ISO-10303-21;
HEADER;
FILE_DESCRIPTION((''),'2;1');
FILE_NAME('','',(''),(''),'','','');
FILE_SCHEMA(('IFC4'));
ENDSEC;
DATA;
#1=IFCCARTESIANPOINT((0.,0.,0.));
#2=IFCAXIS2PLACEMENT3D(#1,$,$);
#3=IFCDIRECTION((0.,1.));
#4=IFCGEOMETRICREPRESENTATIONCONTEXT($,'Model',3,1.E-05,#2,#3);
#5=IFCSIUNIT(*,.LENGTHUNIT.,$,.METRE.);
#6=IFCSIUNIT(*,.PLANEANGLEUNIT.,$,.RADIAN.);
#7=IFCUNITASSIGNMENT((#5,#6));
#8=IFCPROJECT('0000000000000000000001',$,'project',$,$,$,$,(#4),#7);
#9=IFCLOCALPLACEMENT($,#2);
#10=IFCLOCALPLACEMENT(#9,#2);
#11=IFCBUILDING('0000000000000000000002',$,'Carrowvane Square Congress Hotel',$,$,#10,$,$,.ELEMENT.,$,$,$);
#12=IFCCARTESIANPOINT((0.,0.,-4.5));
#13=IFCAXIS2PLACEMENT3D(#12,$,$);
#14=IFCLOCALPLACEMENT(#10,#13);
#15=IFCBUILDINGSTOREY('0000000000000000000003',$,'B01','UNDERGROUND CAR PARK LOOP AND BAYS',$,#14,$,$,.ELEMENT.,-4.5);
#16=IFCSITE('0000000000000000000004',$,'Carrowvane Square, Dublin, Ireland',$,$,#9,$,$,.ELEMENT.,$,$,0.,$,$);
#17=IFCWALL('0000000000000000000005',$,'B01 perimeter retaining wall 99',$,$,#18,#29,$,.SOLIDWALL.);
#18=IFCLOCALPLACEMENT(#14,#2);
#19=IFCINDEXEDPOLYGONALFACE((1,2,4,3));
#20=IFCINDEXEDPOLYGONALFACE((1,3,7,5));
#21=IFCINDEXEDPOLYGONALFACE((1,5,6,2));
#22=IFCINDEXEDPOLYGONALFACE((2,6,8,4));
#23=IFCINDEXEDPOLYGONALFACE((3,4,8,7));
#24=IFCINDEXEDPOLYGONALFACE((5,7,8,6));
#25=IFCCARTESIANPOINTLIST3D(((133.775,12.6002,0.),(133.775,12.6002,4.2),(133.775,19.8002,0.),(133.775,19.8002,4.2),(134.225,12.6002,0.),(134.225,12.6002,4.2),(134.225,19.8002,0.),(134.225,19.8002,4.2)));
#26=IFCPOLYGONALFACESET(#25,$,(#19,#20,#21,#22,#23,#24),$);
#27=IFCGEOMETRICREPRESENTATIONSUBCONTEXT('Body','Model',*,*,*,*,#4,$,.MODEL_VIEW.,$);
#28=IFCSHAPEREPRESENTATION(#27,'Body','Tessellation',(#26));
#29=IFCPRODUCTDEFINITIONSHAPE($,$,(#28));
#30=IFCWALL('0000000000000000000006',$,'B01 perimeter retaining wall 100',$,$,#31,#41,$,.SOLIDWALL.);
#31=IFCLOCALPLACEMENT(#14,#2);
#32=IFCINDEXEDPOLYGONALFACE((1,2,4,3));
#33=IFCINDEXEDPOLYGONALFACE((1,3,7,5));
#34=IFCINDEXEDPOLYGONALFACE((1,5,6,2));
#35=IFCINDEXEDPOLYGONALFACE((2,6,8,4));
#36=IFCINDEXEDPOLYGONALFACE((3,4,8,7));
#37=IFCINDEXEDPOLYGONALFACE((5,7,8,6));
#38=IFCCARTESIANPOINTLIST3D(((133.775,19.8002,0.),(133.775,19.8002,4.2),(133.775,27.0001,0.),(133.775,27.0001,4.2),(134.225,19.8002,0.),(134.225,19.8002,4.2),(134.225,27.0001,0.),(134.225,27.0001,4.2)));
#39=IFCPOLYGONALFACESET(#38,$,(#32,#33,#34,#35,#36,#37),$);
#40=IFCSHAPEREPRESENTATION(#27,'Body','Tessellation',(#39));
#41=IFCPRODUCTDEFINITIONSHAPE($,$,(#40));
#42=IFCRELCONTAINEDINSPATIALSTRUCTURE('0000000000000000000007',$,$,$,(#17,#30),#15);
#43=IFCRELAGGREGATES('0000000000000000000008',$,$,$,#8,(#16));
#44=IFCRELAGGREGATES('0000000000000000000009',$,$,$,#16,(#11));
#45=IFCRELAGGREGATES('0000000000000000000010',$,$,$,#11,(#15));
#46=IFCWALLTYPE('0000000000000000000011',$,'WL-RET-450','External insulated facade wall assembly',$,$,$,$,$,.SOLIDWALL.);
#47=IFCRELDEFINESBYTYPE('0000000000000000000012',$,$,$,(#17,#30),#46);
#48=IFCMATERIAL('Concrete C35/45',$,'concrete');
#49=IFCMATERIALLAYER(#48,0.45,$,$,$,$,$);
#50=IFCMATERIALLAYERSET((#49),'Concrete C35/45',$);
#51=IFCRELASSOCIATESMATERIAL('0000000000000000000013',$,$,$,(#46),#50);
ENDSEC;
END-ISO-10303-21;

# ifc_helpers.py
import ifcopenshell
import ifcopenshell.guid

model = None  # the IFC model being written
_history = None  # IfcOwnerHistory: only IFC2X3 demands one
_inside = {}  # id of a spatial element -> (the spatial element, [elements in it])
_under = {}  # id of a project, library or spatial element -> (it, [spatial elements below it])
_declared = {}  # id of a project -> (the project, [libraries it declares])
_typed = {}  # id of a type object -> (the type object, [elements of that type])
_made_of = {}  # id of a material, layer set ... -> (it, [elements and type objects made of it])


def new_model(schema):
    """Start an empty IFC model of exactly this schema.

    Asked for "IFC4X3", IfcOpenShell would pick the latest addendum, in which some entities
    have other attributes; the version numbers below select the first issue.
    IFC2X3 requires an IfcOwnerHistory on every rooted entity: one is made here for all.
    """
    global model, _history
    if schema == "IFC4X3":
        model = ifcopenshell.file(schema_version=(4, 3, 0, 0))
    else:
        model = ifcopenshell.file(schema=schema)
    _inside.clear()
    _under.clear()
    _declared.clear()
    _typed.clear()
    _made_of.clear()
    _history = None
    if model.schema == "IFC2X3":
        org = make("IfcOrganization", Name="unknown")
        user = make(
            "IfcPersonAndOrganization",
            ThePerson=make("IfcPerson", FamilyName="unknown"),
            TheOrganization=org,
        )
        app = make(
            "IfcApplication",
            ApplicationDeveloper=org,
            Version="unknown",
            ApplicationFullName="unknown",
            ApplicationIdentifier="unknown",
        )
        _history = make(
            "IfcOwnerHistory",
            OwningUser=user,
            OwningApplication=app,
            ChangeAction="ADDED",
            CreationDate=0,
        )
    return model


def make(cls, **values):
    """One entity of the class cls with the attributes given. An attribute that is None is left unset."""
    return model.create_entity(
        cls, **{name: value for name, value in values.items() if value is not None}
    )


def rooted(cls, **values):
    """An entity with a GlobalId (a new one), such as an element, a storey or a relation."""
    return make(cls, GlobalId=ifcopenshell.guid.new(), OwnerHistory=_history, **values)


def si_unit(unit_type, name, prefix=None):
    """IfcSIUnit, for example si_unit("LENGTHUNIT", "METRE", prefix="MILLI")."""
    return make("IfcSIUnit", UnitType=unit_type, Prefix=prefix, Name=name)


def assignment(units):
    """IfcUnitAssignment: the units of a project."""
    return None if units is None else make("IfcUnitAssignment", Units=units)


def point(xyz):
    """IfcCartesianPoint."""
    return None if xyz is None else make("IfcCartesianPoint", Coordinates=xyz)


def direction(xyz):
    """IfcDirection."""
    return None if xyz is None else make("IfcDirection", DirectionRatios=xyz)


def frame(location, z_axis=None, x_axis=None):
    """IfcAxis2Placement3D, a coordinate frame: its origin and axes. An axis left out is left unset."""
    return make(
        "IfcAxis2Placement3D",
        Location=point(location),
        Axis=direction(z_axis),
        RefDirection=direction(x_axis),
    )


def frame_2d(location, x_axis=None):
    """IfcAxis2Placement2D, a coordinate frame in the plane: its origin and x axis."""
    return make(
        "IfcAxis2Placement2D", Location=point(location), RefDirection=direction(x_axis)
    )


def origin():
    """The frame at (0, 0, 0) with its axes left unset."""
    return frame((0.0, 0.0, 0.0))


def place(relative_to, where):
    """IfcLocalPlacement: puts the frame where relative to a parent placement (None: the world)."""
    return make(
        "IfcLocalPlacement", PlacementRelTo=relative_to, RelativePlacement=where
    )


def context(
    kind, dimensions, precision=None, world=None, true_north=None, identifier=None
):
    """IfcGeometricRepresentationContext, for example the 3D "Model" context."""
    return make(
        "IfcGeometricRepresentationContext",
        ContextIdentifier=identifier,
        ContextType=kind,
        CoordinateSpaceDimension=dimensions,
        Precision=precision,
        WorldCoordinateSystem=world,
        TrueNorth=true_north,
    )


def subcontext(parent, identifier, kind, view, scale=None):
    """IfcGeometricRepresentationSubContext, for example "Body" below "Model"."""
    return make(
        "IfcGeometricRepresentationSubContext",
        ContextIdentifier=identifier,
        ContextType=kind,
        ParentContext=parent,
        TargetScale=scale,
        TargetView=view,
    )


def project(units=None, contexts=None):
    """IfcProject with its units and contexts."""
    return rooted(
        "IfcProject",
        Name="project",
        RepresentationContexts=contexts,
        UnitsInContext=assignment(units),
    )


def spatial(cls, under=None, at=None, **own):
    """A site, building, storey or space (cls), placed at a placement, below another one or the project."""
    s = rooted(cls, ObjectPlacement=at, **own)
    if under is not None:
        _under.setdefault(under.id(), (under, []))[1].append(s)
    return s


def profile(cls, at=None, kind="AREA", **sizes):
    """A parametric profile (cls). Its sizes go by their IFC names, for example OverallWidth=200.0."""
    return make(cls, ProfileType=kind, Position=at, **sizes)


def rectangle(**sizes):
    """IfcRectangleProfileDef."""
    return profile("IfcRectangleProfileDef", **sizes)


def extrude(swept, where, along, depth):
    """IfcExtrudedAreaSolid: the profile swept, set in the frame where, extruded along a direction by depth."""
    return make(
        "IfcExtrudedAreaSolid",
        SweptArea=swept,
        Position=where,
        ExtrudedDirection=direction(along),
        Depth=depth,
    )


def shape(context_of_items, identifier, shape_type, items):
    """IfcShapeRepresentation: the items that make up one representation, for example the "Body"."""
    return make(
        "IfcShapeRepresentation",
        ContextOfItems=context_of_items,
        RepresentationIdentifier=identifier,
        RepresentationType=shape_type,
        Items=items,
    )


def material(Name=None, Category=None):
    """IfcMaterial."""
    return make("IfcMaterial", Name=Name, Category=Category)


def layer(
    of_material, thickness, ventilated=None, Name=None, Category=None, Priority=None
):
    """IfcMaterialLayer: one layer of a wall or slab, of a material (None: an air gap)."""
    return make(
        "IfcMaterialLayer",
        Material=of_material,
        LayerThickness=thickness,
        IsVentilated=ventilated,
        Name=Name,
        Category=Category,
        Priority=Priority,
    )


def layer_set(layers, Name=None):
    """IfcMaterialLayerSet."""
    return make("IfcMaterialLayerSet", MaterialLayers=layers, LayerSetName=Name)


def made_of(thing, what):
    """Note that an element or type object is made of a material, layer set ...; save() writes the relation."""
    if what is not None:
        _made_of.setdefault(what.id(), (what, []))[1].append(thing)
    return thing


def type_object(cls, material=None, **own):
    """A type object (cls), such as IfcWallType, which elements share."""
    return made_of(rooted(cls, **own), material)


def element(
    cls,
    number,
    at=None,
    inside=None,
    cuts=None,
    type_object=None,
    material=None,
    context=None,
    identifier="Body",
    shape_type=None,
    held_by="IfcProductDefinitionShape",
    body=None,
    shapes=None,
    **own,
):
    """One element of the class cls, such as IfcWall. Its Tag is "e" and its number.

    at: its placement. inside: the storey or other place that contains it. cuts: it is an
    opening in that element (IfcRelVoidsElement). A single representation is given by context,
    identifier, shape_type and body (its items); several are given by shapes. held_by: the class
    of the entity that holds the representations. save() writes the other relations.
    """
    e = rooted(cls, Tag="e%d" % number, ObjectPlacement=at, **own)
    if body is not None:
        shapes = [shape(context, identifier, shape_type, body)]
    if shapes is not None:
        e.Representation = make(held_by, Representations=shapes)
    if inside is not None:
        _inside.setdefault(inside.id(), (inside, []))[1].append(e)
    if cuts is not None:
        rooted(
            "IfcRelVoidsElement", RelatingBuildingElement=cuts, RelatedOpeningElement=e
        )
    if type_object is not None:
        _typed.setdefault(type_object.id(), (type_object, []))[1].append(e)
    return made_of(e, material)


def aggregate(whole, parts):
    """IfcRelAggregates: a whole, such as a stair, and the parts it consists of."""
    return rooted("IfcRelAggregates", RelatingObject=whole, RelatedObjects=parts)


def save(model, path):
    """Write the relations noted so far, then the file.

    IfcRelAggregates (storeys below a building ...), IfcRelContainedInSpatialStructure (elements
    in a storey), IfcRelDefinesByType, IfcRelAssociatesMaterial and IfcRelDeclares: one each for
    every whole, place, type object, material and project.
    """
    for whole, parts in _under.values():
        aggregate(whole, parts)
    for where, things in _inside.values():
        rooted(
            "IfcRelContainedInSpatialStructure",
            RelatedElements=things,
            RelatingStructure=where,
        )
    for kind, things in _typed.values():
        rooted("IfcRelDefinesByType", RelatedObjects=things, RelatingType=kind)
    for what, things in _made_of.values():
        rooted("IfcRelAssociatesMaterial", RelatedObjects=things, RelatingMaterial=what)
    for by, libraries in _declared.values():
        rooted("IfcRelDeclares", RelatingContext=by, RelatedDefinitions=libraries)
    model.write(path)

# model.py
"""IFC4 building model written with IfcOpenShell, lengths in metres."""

from ifc_helpers import new_model, si_unit, direction, frame, frame_2d, origin, place, context, subcontext, project, spatial, rectangle, extrude, material, layer, layer_set, type_object, element, save


model = new_model("IFC4")

# Units and contexts
model_context = context("Model", 3, precision=1e-05, world=origin(), true_north=direction((0.0, 1.0)))
body_context = subcontext(model_context, "Body", "Model", "MODEL_VIEW")
ifc_project = project(units=[si_unit("LENGTHUNIT", "METRE"), si_unit("PLANEANGLEUNIT", "RADIAN")], contexts=[model_context])

# Site, building, storey
site_placement = place(None, origin())
site = spatial("IfcSite", under=ifc_project, at=site_placement, Name="Carrowvane Square, Dublin, Ireland", CompositionType="ELEMENT", RefElevation=0.0)
building_placement = place(site_placement, origin())
building = spatial("IfcBuilding", under=site, at=building_placement, Name="Carrowvane Square Congress Hotel", CompositionType="ELEMENT")
storey_placement = place(building_placement, frame((0.0, 0.0, -4.5)))
storey = spatial("IfcBuildingStorey", under=building, at=storey_placement, Name="B01", Description="UNDERGROUND CAR PARK LOOP AND BAYS", CompositionType="ELEMENT", Elevation=-4.5)

# Walls
ifc_material_1 = material(Name="Concrete C35/45", Category="concrete")
ifc_layer = layer(ifc_material_1, 0.45)
ifc_layer_set = layer_set([ifc_layer], Name="Concrete C35/45")
wall_type = type_object("IfcWallType", Name="WL-RET-450", Description="External insulated facade wall assembly", PredefinedType="SOLIDWALL", material=ifc_layer_set)
for number, where, z_axis, x_axis, name in (
    (1, (134.0, 12.6001, 0.0), (0.0, 0.0, 1.0), (0.0, 1.0, 0.0), "B01 perimeter retaining wall 99"),
    (2, (134.0, 19.8, 0.0), (0.0, 0.0, 1.0), (0.0, 1.0, 0.0), "B01 perimeter retaining wall 100"),
):
    element("IfcWall", number, at=place(storey_placement, frame(where, z_axis=z_axis, x_axis=x_axis)), inside=storey, type_object=wall_type, Name=name, PredefinedType="SOLIDWALL", context=body_context, shape_type="SweptSolid", body=[
        extrude(rectangle(XDim=7.2, YDim=0.45, at=frame_2d((3.6001, 0.0))), origin(), (0.0, 0.0, 1.0), 4.2),
    ])

save(model, "model.ifc")
